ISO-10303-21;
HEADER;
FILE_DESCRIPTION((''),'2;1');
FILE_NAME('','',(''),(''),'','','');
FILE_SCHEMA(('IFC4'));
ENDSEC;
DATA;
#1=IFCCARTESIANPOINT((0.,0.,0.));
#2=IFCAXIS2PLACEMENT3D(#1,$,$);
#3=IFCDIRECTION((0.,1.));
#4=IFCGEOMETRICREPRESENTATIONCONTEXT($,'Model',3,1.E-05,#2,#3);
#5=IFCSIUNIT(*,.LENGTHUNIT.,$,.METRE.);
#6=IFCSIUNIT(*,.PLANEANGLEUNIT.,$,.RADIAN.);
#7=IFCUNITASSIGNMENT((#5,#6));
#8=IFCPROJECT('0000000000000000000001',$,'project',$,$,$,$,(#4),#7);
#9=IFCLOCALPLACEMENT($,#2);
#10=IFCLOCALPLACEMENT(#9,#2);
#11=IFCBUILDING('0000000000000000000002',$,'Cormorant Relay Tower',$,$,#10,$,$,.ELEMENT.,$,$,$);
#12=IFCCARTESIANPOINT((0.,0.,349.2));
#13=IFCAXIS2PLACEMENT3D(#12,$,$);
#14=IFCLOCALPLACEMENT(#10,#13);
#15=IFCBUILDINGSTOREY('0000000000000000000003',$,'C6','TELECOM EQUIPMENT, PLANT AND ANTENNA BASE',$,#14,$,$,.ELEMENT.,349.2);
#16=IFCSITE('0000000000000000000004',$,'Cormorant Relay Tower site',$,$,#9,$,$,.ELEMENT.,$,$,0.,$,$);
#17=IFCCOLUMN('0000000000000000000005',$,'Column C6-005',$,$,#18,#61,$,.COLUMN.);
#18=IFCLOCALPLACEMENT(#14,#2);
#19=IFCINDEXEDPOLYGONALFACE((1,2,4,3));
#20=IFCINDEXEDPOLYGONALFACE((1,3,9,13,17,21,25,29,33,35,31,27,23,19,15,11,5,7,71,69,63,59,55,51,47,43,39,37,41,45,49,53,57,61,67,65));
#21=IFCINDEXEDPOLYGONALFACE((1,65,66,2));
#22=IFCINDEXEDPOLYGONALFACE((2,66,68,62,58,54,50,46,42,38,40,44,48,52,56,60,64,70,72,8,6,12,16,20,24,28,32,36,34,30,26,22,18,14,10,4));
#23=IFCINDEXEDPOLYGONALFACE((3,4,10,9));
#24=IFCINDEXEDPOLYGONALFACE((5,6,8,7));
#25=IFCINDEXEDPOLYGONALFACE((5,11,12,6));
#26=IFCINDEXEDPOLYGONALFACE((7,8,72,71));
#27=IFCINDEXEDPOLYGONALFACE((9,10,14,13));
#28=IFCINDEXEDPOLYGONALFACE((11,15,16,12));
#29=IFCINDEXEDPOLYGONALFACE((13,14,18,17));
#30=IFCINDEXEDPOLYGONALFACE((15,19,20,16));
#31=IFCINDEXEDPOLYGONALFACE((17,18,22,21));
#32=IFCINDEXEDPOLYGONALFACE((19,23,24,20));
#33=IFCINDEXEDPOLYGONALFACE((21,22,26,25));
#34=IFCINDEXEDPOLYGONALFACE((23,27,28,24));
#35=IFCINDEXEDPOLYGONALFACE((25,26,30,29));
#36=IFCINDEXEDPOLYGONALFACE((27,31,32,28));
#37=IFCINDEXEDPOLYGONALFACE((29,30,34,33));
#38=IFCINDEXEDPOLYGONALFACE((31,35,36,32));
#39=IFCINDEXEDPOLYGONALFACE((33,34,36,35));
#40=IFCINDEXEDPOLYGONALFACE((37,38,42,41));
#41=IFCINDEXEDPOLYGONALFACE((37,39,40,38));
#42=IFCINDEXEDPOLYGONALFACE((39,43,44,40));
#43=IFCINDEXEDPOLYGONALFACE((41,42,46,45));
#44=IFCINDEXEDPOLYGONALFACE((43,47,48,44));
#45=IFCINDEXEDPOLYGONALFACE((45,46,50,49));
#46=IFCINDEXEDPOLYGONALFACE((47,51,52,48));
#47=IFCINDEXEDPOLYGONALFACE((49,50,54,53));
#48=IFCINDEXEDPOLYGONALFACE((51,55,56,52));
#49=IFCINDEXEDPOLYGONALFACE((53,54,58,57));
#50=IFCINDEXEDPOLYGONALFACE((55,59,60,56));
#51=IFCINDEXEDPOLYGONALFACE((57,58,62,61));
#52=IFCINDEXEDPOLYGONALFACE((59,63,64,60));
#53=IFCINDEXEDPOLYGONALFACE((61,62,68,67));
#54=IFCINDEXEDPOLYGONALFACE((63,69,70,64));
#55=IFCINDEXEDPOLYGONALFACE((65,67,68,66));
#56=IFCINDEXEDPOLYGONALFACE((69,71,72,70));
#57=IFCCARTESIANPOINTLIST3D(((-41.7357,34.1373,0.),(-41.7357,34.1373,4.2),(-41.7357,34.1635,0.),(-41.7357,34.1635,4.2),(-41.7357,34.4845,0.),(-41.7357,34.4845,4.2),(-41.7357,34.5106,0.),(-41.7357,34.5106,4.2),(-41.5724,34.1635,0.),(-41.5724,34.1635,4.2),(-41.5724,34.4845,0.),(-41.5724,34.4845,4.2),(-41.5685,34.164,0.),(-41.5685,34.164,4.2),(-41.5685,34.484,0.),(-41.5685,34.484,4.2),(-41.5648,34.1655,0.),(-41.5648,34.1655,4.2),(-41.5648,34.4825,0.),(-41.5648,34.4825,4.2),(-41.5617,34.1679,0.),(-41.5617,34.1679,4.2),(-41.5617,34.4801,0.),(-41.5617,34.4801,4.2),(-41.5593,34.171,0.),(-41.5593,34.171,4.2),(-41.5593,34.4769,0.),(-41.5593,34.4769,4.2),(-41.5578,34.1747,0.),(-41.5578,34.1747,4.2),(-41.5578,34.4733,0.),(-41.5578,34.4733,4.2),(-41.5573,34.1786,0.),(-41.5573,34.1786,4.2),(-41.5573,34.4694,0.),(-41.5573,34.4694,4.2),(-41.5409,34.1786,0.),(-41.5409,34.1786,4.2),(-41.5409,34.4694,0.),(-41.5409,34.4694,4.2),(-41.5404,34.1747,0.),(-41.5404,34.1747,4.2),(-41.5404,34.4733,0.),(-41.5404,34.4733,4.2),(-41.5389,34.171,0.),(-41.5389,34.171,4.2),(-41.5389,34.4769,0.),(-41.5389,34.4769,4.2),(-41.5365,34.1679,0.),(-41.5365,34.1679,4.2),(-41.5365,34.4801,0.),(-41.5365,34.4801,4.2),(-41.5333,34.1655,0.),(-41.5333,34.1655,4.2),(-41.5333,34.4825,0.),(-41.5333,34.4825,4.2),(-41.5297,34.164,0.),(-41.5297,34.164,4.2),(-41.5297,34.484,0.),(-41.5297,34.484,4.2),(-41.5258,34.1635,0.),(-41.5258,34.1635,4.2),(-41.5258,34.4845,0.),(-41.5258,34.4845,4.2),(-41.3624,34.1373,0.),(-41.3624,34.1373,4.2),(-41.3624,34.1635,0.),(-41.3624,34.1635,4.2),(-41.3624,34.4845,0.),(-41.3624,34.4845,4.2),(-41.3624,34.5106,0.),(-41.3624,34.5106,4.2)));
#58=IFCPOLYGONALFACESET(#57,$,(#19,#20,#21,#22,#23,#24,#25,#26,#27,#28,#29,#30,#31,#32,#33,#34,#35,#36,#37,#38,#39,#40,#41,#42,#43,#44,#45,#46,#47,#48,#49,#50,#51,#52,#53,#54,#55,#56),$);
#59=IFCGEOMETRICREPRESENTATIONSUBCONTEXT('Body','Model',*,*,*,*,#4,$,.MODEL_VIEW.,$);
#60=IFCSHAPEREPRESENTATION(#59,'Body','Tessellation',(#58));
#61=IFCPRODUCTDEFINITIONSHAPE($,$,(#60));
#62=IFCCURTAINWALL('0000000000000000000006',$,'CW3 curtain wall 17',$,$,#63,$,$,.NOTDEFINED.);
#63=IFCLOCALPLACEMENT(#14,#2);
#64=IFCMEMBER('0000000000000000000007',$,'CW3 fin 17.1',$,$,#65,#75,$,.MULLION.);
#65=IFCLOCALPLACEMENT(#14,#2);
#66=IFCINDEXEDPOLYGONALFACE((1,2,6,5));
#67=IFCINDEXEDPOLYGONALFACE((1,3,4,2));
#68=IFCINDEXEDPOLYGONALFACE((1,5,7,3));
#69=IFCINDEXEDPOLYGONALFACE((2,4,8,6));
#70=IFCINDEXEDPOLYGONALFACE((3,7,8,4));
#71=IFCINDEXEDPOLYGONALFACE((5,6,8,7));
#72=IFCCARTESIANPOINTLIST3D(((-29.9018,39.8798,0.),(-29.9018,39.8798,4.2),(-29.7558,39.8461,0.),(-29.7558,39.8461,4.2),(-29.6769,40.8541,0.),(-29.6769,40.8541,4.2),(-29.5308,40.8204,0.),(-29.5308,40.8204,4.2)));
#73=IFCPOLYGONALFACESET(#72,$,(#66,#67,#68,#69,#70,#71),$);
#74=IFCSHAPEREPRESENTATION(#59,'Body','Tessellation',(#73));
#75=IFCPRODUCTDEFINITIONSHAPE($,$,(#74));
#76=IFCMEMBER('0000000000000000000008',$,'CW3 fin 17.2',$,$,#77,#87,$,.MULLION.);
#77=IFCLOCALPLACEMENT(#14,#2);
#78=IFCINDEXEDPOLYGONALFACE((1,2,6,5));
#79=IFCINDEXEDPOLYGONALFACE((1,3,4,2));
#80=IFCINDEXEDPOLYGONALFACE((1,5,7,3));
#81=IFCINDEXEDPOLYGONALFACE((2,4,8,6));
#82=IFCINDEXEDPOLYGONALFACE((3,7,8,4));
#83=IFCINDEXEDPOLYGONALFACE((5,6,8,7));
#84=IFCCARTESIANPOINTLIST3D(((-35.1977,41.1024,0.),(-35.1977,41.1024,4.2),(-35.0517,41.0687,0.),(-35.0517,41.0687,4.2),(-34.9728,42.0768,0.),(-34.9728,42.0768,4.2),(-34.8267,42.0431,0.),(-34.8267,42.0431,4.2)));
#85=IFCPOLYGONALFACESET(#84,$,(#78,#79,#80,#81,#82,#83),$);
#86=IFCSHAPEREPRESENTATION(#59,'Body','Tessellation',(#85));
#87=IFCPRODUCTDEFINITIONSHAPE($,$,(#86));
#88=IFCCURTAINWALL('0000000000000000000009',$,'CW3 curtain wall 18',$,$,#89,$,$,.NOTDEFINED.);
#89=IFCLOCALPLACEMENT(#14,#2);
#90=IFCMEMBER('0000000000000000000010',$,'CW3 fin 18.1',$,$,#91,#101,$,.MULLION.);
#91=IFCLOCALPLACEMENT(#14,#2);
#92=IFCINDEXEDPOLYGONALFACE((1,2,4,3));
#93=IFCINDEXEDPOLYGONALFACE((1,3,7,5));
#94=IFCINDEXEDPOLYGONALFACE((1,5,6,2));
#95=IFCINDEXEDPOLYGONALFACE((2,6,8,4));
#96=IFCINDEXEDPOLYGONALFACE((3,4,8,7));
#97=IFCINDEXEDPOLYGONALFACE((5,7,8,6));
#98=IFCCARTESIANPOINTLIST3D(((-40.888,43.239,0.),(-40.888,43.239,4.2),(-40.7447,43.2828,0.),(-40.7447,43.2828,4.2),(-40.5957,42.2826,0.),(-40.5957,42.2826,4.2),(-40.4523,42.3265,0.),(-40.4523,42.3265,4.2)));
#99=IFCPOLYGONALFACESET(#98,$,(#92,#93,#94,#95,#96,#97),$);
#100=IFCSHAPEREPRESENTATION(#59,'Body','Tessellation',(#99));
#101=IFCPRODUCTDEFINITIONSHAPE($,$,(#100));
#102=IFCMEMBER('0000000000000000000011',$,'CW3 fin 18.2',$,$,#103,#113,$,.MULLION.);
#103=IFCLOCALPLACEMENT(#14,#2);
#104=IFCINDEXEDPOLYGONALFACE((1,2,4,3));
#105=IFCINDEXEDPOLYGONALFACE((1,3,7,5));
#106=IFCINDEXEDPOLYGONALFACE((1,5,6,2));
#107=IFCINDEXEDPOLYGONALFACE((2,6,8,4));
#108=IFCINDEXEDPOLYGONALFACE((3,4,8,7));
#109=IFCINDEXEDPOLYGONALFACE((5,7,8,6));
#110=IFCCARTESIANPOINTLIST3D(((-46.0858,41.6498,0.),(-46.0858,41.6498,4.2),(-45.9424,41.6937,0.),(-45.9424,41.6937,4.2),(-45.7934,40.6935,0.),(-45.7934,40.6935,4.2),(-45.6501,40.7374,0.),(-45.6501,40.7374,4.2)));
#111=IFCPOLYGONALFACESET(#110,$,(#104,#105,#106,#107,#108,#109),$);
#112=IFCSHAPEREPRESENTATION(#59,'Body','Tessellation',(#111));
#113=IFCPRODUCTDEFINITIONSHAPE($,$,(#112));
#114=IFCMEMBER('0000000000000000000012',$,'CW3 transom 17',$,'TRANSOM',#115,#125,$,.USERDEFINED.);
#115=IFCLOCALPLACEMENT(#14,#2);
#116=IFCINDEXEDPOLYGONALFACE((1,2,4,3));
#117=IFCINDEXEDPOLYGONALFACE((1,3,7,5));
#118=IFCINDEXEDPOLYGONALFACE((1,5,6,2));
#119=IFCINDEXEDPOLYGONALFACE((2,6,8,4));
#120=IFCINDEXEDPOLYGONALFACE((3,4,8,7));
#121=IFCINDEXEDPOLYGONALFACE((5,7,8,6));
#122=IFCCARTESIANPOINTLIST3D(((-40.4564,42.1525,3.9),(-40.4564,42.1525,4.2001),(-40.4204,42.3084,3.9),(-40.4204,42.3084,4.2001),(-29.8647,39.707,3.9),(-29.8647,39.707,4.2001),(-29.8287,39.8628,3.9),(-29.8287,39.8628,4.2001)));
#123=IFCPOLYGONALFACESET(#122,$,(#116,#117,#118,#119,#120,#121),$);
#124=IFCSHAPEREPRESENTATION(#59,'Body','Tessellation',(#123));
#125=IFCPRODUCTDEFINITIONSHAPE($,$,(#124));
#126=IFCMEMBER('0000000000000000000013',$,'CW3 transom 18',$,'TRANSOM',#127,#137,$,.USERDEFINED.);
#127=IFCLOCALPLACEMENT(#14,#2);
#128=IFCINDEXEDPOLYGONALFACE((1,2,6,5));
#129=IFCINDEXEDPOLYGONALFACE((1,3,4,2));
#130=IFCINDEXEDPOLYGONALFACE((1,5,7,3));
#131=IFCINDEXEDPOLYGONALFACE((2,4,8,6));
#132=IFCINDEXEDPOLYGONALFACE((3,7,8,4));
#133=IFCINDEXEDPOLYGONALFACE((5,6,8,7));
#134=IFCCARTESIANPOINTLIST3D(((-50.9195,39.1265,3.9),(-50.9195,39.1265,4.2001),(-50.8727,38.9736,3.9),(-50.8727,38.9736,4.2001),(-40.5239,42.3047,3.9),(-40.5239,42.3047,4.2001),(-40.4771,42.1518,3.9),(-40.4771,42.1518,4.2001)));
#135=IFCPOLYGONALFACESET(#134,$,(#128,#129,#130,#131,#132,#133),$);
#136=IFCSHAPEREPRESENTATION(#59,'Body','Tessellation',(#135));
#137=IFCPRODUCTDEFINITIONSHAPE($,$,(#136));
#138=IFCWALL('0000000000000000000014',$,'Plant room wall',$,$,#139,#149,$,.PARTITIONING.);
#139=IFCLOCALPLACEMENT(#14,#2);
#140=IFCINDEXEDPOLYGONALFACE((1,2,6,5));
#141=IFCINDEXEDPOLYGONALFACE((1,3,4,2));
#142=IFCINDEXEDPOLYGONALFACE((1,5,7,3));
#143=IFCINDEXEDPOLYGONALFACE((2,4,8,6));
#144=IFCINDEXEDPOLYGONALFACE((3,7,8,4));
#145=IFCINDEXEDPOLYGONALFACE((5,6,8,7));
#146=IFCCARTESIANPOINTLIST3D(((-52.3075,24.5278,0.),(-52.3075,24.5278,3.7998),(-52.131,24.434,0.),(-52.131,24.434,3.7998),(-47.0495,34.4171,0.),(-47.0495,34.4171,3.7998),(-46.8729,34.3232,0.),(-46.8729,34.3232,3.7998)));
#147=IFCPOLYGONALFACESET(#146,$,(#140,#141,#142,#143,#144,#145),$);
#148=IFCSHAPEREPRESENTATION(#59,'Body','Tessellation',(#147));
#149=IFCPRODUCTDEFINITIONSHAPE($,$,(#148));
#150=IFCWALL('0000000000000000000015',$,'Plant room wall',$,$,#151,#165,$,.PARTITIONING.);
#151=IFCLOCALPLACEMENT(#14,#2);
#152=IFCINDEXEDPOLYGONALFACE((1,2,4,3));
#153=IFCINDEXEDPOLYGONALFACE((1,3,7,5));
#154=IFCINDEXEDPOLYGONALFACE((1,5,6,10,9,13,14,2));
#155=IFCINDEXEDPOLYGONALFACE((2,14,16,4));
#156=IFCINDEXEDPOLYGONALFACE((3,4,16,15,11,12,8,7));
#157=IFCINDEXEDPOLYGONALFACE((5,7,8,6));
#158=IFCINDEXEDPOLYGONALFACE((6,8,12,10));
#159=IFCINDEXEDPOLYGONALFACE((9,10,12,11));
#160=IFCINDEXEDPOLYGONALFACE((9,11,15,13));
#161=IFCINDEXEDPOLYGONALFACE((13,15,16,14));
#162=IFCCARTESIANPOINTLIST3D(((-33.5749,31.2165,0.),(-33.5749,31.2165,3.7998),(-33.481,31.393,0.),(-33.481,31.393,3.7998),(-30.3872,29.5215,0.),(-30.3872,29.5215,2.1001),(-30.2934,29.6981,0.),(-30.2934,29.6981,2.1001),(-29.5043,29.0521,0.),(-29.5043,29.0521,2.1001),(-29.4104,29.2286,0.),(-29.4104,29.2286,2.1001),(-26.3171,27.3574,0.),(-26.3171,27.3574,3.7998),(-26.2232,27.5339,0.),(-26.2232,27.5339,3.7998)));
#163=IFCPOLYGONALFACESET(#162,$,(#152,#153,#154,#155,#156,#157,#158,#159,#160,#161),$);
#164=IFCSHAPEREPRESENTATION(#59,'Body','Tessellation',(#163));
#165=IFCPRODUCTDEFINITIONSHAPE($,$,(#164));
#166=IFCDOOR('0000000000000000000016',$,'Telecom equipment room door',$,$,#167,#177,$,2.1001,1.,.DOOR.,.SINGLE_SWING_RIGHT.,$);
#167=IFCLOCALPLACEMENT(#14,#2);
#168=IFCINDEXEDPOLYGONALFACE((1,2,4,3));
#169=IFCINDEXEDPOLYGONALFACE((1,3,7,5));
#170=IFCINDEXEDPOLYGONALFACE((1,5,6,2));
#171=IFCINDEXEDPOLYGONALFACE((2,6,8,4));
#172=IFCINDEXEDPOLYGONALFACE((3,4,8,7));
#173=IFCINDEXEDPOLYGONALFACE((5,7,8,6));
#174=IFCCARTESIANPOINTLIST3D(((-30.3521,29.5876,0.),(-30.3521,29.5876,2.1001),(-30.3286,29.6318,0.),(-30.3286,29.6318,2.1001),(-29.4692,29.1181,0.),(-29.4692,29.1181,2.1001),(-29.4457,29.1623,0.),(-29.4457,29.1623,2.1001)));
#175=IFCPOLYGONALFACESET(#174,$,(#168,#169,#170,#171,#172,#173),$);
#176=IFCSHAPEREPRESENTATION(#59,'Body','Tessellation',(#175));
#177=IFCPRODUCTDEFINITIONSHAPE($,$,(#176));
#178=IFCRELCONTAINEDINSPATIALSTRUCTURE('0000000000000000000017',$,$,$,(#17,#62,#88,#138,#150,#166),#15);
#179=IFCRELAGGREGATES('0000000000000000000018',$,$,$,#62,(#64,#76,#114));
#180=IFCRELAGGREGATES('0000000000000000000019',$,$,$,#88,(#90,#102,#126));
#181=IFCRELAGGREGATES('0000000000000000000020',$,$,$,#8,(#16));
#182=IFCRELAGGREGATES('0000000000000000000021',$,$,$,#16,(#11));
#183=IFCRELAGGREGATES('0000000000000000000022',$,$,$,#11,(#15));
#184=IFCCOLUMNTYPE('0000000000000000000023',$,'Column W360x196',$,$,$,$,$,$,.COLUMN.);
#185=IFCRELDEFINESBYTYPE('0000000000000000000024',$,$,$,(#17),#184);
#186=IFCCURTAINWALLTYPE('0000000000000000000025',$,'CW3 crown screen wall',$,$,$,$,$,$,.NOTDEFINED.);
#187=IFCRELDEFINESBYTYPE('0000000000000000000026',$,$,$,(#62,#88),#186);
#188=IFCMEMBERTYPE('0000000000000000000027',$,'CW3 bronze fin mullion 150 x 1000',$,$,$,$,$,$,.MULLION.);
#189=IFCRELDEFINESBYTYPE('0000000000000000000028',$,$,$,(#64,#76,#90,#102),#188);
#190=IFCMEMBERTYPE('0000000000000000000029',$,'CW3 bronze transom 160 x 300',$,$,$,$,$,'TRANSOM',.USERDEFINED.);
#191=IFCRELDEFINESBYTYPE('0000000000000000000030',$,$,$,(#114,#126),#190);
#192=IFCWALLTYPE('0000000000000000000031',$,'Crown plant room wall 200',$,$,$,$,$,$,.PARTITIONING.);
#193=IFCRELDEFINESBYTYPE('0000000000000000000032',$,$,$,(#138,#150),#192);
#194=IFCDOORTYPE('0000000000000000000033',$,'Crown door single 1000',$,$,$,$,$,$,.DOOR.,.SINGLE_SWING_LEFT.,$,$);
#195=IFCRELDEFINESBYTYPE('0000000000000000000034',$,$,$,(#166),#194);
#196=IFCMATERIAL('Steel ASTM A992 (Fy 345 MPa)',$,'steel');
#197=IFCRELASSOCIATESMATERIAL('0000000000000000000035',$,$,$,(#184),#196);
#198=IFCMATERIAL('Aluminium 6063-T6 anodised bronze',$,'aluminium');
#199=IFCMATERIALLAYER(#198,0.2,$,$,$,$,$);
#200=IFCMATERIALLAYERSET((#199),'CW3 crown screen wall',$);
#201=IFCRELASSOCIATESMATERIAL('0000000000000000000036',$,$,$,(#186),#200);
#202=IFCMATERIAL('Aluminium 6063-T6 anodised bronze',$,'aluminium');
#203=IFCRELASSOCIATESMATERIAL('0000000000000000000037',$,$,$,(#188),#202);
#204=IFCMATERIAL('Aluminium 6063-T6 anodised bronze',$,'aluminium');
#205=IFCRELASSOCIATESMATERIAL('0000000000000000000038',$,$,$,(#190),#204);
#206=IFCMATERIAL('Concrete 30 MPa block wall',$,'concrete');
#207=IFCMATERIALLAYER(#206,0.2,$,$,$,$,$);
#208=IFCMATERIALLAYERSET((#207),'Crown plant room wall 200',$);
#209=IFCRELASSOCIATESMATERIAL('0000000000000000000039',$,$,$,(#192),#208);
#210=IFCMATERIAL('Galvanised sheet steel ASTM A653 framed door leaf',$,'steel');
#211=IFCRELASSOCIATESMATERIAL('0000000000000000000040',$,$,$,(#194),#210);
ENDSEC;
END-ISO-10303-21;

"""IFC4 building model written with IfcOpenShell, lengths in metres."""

from ifc_helpers import new_model, si_unit, direction, frame, frame_2d, origin, origin_2d, place, context, subcontext, project, spatial, rectangle, i_section, extrude, material, layer, layer_set, material_profile, profile_set, type_object, element, fill, aggregate, save


model = new_model("IFC4")

# Units and contexts
model_context = context("Model", 3, precision=1e-05, world=origin(), true_north=direction((0.0, 1.0)))
body_context = subcontext(model_context, "Body", "Model", "MODEL_VIEW")
ifc_project = project(units=[si_unit("LENGTHUNIT", "METRE"), si_unit("PLANEANGLEUNIT", "RADIAN")], contexts=[model_context])

# Site, building, storey
site_placement = place(None, origin())
site = spatial("IfcSite", under=ifc_project, at=site_placement, Name="Cormorant Relay Tower site", CompositionType="ELEMENT", RefElevation=0.0)
building_placement = place(site_placement, origin())
building = spatial("IfcBuilding", under=site, at=building_placement, Name="Cormorant Relay Tower", CompositionType="ELEMENT")
storey_placement = place(building_placement, frame((0.0, 0.0, 349.2)))
storey = spatial("IfcBuildingStorey", under=building, at=storey_placement, Name="C6", Description="TELECOM EQUIPMENT, PLANT AND ANTENNA BASE", CompositionType="ELEMENT", Elevation=349.2)

# Column
ifc_material_1 = material(Name="Steel ASTM A992 (Fy 345 MPa)", Category="steel")
ifc_material_profile_1 = material_profile(ifc_material_1, i_section(OverallWidth=0.3733, OverallDepth=0.3733, WebThickness=0.0164, FlangeThickness=0.0261, FilletRadius=0.0151, at=origin_2d()), Name="W360x196")
ifc_profile_set_1 = profile_set([ifc_material_profile_1], Name="Steel ASTM A992 (Fy 345 MPa)")
column_type = type_object("IfcColumnType", Name="Column W360x196", PredefinedType="COLUMN", material=ifc_profile_set_1)
column_placement = place(storey_placement, frame((-41.5491, 34.324, 0.0), z_axis=(0.0, 0.0, 1.0), x_axis=(1.0, 0.0, 0.0)))
element("IfcColumn", 1, at=column_placement, inside=storey, type_object=column_type, Name="Column C6-005", PredefinedType="COLUMN", context=body_context, shape_type="SweptSolid", body=[
    extrude(i_section(OverallWidth=0.3733, OverallDepth=0.3733, WebThickness=0.0164, FlangeThickness=0.0261, FilletRadius=0.0151, at=origin_2d()), origin(), (0.0, 0.0, 1.0), 4.2),
])

# Curtain walls, members
ifc_material_2 = material(Name="Aluminium 6063-T6 anodised bronze", Category="aluminium")
ifc_layer_1 = layer(ifc_material_2, 0.2)
ifc_layer_set_1 = layer_set([ifc_layer_1], Name="CW3 crown screen wall")
curtain_wall_type = type_object("IfcCurtainWallType", Name="CW3 crown screen wall", PredefinedType="NOTDEFINED", material=ifc_layer_set_1)
curtain_wall_1_placement = place(storey_placement, origin())
curtain_wall_1 = element("IfcCurtainWall", 2, at=curtain_wall_1_placement, inside=storey, type_object=curtain_wall_type, Name="CW3 curtain wall 17", PredefinedType="NOTDEFINED")
ifc_material_3 = material(Name="Aluminium 6063-T6 anodised bronze", Category="aluminium")
ifc_material_profile_2 = material_profile(ifc_material_3, rectangle(XDim=0.1499, YDim=1.0, at=origin_2d()), Name="AL 150x1000")
ifc_profile_set_2 = profile_set([ifc_material_profile_2], Name="Aluminium 6063-T6 anodised bronze")
member_type_1 = type_object("IfcMemberType", Name="CW3 bronze fin mullion 150 x 1000", PredefinedType="MULLION", material=ifc_profile_set_2)
member_1_placement = place(storey_placement, frame((-29.7163, 40.3501, 0.0), z_axis=(0.0, 0.0, 1.0), x_axis=(-0.97437, 0.224951, 0.0)))
member_1 = element("IfcMember", 3, at=member_1_placement, type_object=member_type_1, Name="CW3 fin 17.1", PredefinedType="MULLION", context=body_context, shape_type="SweptSolid", body=[
    extrude(rectangle(XDim=0.1499, YDim=1.0, at=origin_2d()), origin(), (0.0, 0.0, 1.0), 4.2),
])
member_2_placement = place(storey_placement, frame((-35.0122, 41.5728, 0.0), z_axis=(0.0, 0.0, 1.0), x_axis=(-0.97437, 0.224951, 0.0)))
member_2 = element("IfcMember", 4, at=member_2_placement, type_object=member_type_1, Name="CW3 fin 17.2", PredefinedType="MULLION", context=body_context, shape_type="SweptSolid", body=[
    extrude(rectangle(XDim=0.1499, YDim=1.0, at=origin_2d()), origin(), (0.0, 0.0, 1.0), 4.2),
])
curtain_wall_2_placement = place(storey_placement, origin())
curtain_wall_2 = element("IfcCurtainWall", 5, at=curtain_wall_2_placement, inside=storey, type_object=curtain_wall_type, Name="CW3 curtain wall 18", PredefinedType="NOTDEFINED")
member_3_placement = place(storey_placement, frame((-40.6702, 42.7827, 0.0), z_axis=(0.0, 0.0, 1.0), x_axis=(-0.956305, -0.292372, 0.0)))
member_3 = element("IfcMember", 6, at=member_3_placement, type_object=member_type_1, Name="CW3 fin 18.1", PredefinedType="MULLION", context=body_context, shape_type="SweptSolid", body=[
    extrude(rectangle(XDim=0.1499, YDim=1.0, at=origin_2d()), origin(), (0.0, 0.0, 1.0), 4.2),
])
member_4_placement = place(storey_placement, frame((-45.8679, 41.1936, 0.0), z_axis=(0.0, 0.0, 1.0), x_axis=(-0.956305, -0.292372, 0.0)))
member_4 = element("IfcMember", 7, at=member_4_placement, type_object=member_type_1, Name="CW3 fin 18.2", PredefinedType="MULLION", context=body_context, shape_type="SweptSolid", body=[
    extrude(rectangle(XDim=0.1499, YDim=1.0, at=origin_2d()), origin(), (0.0, 0.0, 1.0), 4.2),
])

# Members
ifc_material_4 = material(Name="Aluminium 6063-T6 anodised bronze", Category="aluminium")
ifc_material_profile_3 = material_profile(ifc_material_4, rectangle(XDim=0.1599, YDim=0.3, at=origin_2d()), Name="AL 160x300")
ifc_profile_set_3 = profile_set([ifc_material_profile_3], Name="Aluminium 6063-T6 anodised bronze")
member_type_2 = type_object("IfcMemberType", Name="CW3 bronze transom 160 x 300", ElementType="TRANSOM", PredefinedType="USERDEFINED", material=ifc_profile_set_3)
member_5_placement = place(storey_placement, frame((-29.8467, 39.7849, 4.05), z_axis=(-0.974365, 0.224973, 0.0), x_axis=(-0.224973, -0.974365, 0.0)))
member_5 = element("IfcMember", 8, at=member_5_placement, type_object=member_type_2, Name="CW3 transom 17", ObjectType="TRANSOM", PredefinedType="USERDEFINED", context=body_context, shape_type="SweptSolid", body=[
    extrude(rectangle(XDim=0.1599, YDim=0.3, at=origin_2d()), origin(), (0.0, 0.0, 1.0), 10.8704),
])
member_6_placement = place(storey_placement, frame((-40.5005, 42.2283, 4.05), z_axis=(-0.956305, -0.292371, 0.0), x_axis=(0.292371, -0.956305, 0.0)))
member_6 = element("IfcMember", 9, at=member_6_placement, type_object=member_type_2, Name="CW3 transom 18", ObjectType="TRANSOM", PredefinedType="USERDEFINED", context=body_context, shape_type="SweptSolid", body=[
    extrude(rectangle(XDim=0.1599, YDim=0.3, at=origin_2d()), origin(), (0.0, 0.0, 1.0), 10.8706),
])

# Wall
ifc_material_5 = material(Name="Concrete 30 MPa block wall", Category="concrete")
ifc_layer_2 = layer(ifc_material_5, 0.2)
ifc_layer_set_2 = layer_set([ifc_layer_2], Name="Crown plant room wall 200")
wall_type_1 = type_object("IfcWallType", Name="Crown plant room wall 200", PredefinedType="PARTITIONING", material=ifc_layer_set_2)
wall_1_placement = place(storey_placement, frame((-46.9612, 34.3701, 0.0), z_axis=(0.0, 0.0, 1.0), x_axis=(-0.469464, -0.882951, 0.0)))
element("IfcWall", 10, at=wall_1_placement, inside=storey, type_object=wall_type_1, Name="Plant room wall", PredefinedType="PARTITIONING", context=body_context, shape_type="SweptSolid", body=[
    extrude(rectangle(XDim=11.2002, YDim=0.2, at=frame_2d((5.6001, 0.0))), origin(), (0.0, 0.0, 1.0), 3.7998),
])

# Wall, opening, door
wall_2_placement = place(storey_placement, frame((-33.5278, 31.3047, 0.0), z_axis=(0.0, 0.0, 1.0), x_axis=(0.882943, -0.469479, 0.0)))
wall_2 = element("IfcWall", 11, at=wall_2_placement, inside=storey, type_object=wall_type_1, Name="Plant room wall", PredefinedType="PARTITIONING", context=body_context, shape_type="SweptSolid", body=[
    extrude(rectangle(XDim=8.22, YDim=0.2, at=frame_2d((4.1099, 0.0))), origin(), (0.0, 0.0, 1.0), 3.7998),
])
opening_placement = place(wall_2_placement, frame((3.6101, 0.0, 0.0)))
opening = element("IfcOpeningElement", 12, at=opening_placement, cuts=wall_2, PredefinedType="OPENING", context=body_context, shape_type="SweptSolid", body=[
    extrude(rectangle(XDim=1.0, YDim=2.1001, at=frame_2d((0.5, 1.05))), frame((0.0, 0.1099, 0.0), z_axis=(0.0, -1.0, 0.0), x_axis=(1.0, 0.0, 0.0)), (0.0, 0.0, 1.0), 0.22),
])
ifc_material_6 = material(Name="Galvanised sheet steel ASTM A653 framed door leaf", Category="steel")
door_type = type_object("IfcDoorType", Name="Crown door single 1000", OperationType="SINGLE_SWING_LEFT", PredefinedType="DOOR", material=ifc_material_6)
door_placement = place(opening_placement, origin())
door = element("IfcDoor", 13, at=door_placement, inside=storey, type_object=door_type, Name="Telecom equipment room door", OperationType="SINGLE_SWING_RIGHT", OverallHeight=2.1001, OverallWidth=1.0, PredefinedType="DOOR", context=body_context, shape_type="SweptSolid", body=[
    extrude(rectangle(XDim=1.0, YDim=2.1001, at=frame_2d((0.5, 1.05))), frame((0.0, 0.0249, 0.0), z_axis=(0.0, -1.0, 0.0), x_axis=(1.0, 0.0, 0.0)), (0.0, 0.0, 1.0), 0.05),
])
fill(opening, door)

aggregate(curtain_wall_1, [member_1, member_2, member_5])
aggregate(curtain_wall_2, [member_3, member_4, member_6])

save(model, "model.ifc")
